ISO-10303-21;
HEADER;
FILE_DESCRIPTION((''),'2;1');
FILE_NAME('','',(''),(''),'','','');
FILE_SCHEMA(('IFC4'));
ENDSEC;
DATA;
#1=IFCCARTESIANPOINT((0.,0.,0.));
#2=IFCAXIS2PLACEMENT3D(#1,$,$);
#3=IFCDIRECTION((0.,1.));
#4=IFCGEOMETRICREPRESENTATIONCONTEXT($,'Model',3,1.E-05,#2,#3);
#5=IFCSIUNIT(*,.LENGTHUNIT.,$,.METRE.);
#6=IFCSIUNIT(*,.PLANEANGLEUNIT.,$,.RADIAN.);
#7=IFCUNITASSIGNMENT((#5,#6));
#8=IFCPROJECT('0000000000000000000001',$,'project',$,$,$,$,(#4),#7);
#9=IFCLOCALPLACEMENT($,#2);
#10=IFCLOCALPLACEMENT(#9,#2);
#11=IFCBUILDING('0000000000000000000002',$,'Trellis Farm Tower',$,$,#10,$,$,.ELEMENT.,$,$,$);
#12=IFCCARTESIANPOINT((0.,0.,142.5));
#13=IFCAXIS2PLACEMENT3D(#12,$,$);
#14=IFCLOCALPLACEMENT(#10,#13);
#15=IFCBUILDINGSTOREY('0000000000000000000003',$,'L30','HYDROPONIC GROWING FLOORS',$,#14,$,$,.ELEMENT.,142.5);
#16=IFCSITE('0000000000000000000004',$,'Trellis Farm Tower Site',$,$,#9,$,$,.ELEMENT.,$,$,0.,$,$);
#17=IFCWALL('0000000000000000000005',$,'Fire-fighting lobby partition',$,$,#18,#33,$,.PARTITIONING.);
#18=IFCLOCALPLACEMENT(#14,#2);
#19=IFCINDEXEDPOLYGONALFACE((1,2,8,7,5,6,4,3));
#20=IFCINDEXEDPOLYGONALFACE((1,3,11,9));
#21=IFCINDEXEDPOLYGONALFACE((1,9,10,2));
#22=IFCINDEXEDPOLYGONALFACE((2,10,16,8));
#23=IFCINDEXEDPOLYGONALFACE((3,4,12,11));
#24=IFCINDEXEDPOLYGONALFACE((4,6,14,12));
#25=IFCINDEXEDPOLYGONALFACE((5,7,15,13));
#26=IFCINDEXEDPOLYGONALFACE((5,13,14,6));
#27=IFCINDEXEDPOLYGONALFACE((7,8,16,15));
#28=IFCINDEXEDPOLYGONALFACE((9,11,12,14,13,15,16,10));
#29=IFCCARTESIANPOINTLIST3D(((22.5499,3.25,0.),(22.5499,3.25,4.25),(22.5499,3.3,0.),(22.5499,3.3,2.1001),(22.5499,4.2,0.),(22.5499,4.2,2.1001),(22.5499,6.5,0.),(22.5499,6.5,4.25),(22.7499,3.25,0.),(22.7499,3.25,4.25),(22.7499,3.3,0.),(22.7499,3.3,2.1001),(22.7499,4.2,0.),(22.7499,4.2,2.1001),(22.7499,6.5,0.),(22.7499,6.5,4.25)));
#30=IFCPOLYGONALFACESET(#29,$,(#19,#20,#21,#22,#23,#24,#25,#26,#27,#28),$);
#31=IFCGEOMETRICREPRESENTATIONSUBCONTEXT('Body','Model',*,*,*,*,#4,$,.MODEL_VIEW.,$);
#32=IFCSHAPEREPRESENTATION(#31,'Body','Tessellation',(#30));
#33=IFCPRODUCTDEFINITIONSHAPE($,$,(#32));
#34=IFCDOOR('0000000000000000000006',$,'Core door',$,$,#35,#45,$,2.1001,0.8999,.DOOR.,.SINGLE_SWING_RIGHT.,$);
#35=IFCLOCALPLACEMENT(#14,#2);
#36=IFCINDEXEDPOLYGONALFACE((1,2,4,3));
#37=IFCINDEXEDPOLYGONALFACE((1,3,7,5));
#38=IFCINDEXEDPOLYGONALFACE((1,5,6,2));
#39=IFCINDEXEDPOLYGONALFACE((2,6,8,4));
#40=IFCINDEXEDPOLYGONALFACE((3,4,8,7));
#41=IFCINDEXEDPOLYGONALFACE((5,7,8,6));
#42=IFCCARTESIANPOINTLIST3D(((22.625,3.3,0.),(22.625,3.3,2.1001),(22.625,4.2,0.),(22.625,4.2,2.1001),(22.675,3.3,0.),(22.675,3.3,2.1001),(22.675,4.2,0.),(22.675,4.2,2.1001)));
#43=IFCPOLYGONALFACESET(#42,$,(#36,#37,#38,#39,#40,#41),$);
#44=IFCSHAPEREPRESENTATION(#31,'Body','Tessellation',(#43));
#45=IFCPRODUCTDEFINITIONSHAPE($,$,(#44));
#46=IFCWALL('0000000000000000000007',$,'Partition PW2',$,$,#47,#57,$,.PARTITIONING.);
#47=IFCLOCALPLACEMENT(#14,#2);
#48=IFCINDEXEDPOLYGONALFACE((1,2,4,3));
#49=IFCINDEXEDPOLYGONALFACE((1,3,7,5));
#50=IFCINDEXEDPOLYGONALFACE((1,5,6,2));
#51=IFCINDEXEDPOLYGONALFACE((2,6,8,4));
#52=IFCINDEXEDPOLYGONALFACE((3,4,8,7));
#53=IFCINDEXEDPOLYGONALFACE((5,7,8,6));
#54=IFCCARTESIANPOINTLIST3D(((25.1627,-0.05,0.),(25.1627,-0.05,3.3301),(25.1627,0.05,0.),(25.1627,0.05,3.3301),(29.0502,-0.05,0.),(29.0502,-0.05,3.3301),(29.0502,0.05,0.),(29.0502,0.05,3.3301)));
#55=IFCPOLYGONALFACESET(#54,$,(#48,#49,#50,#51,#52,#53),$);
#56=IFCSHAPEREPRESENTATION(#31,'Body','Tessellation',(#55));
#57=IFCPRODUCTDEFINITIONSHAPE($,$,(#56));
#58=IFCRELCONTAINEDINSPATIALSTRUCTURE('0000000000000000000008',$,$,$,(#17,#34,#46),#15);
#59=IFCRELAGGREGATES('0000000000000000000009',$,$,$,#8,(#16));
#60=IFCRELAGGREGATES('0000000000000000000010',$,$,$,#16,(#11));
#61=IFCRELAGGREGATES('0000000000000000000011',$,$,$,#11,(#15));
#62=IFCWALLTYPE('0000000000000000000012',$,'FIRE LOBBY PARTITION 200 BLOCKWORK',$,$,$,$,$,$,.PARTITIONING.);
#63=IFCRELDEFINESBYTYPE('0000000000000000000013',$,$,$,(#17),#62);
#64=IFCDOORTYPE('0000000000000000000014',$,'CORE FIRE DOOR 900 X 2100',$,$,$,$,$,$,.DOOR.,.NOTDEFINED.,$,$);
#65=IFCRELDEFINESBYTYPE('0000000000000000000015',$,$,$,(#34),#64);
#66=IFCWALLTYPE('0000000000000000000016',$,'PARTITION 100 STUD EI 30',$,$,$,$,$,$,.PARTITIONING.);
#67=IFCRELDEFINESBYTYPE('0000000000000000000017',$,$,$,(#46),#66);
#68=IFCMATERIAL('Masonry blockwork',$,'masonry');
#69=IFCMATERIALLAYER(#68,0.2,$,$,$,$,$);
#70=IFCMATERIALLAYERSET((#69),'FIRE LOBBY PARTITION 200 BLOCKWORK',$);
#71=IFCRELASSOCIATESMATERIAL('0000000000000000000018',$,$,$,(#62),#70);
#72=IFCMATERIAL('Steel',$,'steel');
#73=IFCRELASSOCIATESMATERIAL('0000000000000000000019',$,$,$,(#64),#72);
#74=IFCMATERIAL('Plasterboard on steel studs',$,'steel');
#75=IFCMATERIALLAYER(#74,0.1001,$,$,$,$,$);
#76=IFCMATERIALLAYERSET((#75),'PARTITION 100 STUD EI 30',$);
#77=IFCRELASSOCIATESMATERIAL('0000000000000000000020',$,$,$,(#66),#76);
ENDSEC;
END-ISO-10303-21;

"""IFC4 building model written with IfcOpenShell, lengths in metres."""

from ifc_helpers import new_model, si_unit, direction, frame, frame_2d, origin, place, context, subcontext, project, spatial, rectangle, extrude, source, transform, mapped, material, layer, layer_set, type_object, element, fill, save


model = new_model("IFC4")

# Units and contexts
model_context = context("Model", 3, precision=1e-05, world=origin(), true_north=direction((0.0, 1.0)))
body_context = subcontext(model_context, "Body", "Model", "MODEL_VIEW")
ifc_project = project(units=[si_unit("LENGTHUNIT", "METRE"), si_unit("PLANEANGLEUNIT", "RADIAN")], contexts=[model_context])

# Site, building, storey
site_placement = place(None, origin())
site = spatial("IfcSite", under=ifc_project, at=site_placement, Name="Trellis Farm Tower Site", CompositionType="ELEMENT", RefElevation=0.0)
building_placement = place(site_placement, origin())
building = spatial("IfcBuilding", under=site, at=building_placement, Name="Trellis Farm Tower", CompositionType="ELEMENT")
storey_placement = place(building_placement, frame((0.0, 0.0, 142.5)))
storey = spatial("IfcBuildingStorey", under=building, at=storey_placement, Name="L30", Description="HYDROPONIC GROWING FLOORS", CompositionType="ELEMENT", Elevation=142.5)

# Wall, opening, door
ifc_material_1 = material(Name="Masonry blockwork", Category="masonry")
ifc_layer_1 = layer(ifc_material_1, 0.2)
ifc_layer_set_1 = layer_set([ifc_layer_1], Name="FIRE LOBBY PARTITION 200 BLOCKWORK")
wall_type_1 = type_object("IfcWallType", Name="FIRE LOBBY PARTITION 200 BLOCKWORK", PredefinedType="PARTITIONING", material=ifc_layer_set_1)
shared_shape_1 = source(origin(), body_context, "Body", "SweptSolid", [
    extrude(rectangle(XDim=3.25, YDim=0.2, at=frame_2d((1.625, 0.0))), origin(), (0.0, 0.0, 1.0), 4.25),
])
ifc_material_2 = material(Name="Steel", Category="steel")
wall_1_placement = place(storey_placement, frame((22.6499, 3.25, 0.0), z_axis=(0.0, 0.0, 1.0), x_axis=(0.0, 1.0, 0.0)))
wall_1 = element("IfcWall", 1, at=wall_1_placement, inside=storey, type_object=wall_type_1, Name="Fire-fighting lobby partition", PredefinedType="PARTITIONING", context=body_context, shape_type="MappedRepresentation", body=[
    mapped(shared_shape_1, transform((0.0, 0.0, 0.0))),
])
shared_shape_2 = source(origin(), body_context, "Body", "SweptSolid", [
    extrude(rectangle(XDim=0.8999, YDim=2.1001, at=frame_2d((0.45, 1.05))), frame((0.0, 0.1101, 0.0), z_axis=(0.0, -1.0, 0.0), x_axis=(1.0, 0.0, 0.0)), (0.0, 0.0, 1.0), 0.2202),
])
opening_1_placement = place(wall_1_placement, frame((0.05, 0.0, 0.0)))
opening_1 = element("IfcOpeningElement", 2, at=opening_1_placement, cuts=wall_1, PredefinedType="OPENING", context=body_context, shape_type="MappedRepresentation", body=[
    mapped(shared_shape_2, transform((0.0, 0.0, 0.0))),
])
door_type_1 = type_object("IfcDoorType", Name="CORE FIRE DOOR 900 X 2100", OperationType="NOTDEFINED", PredefinedType="DOOR", material=ifc_material_2)
shared_shape_3 = source(origin(), body_context, "Body", "SweptSolid", [
    extrude(rectangle(XDim=0.8999, YDim=2.1001, at=frame_2d((0.45, 1.05))), frame((0.0, 0.0249, 0.0), z_axis=(0.0, -1.0, 0.0), x_axis=(1.0, 0.0, 0.0)), (0.0, 0.0, 1.0), 0.05),
])
door_1_placement = place(opening_1_placement, origin())
door_1 = element("IfcDoor", 3, at=door_1_placement, inside=storey, type_object=door_type_1, Name="Core door", OperationType="SINGLE_SWING_RIGHT", OverallHeight=2.1001, OverallWidth=0.8999, PredefinedType="DOOR", context=body_context, shape_type="MappedRepresentation", body=[
    mapped(shared_shape_3, transform((0.0, 0.0, 0.0))),
])
fill(opening_1, door_1)

# Wall
ifc_material_3 = material(Name="Plasterboard on steel studs", Category="steel")
ifc_layer_2 = layer(ifc_material_3, 0.1001)
ifc_layer_set_2 = layer_set([ifc_layer_2], Name="PARTITION 100 STUD EI 30")
wall_type_2 = type_object("IfcWallType", Name="PARTITION 100 STUD EI 30", PredefinedType="PARTITIONING", material=ifc_layer_set_2)
shared_shape_4 = source(origin(), body_context, "Body", "SweptSolid", [
    extrude(rectangle(XDim=3.8875, YDim=0.1001, at=frame_2d((1.9438, 0.0))), origin(), (0.0, 0.0, 1.0), 3.3301),
])
wall_2_placement = place(storey_placement, frame((25.1626, 0.0, 0.0), z_axis=(0.0, 0.0, 1.0), x_axis=(1.0, 0.0, 0.0)))
element("IfcWall", 4, at=wall_2_placement, inside=storey, type_object=wall_type_2, Name="Partition PW2", PredefinedType="PARTITIONING", context=body_context, shape_type="MappedRepresentation", body=[
    mapped(shared_shape_4, transform((0.0, 0.0, 0.0))),
])

save(model, "model.ifc")
